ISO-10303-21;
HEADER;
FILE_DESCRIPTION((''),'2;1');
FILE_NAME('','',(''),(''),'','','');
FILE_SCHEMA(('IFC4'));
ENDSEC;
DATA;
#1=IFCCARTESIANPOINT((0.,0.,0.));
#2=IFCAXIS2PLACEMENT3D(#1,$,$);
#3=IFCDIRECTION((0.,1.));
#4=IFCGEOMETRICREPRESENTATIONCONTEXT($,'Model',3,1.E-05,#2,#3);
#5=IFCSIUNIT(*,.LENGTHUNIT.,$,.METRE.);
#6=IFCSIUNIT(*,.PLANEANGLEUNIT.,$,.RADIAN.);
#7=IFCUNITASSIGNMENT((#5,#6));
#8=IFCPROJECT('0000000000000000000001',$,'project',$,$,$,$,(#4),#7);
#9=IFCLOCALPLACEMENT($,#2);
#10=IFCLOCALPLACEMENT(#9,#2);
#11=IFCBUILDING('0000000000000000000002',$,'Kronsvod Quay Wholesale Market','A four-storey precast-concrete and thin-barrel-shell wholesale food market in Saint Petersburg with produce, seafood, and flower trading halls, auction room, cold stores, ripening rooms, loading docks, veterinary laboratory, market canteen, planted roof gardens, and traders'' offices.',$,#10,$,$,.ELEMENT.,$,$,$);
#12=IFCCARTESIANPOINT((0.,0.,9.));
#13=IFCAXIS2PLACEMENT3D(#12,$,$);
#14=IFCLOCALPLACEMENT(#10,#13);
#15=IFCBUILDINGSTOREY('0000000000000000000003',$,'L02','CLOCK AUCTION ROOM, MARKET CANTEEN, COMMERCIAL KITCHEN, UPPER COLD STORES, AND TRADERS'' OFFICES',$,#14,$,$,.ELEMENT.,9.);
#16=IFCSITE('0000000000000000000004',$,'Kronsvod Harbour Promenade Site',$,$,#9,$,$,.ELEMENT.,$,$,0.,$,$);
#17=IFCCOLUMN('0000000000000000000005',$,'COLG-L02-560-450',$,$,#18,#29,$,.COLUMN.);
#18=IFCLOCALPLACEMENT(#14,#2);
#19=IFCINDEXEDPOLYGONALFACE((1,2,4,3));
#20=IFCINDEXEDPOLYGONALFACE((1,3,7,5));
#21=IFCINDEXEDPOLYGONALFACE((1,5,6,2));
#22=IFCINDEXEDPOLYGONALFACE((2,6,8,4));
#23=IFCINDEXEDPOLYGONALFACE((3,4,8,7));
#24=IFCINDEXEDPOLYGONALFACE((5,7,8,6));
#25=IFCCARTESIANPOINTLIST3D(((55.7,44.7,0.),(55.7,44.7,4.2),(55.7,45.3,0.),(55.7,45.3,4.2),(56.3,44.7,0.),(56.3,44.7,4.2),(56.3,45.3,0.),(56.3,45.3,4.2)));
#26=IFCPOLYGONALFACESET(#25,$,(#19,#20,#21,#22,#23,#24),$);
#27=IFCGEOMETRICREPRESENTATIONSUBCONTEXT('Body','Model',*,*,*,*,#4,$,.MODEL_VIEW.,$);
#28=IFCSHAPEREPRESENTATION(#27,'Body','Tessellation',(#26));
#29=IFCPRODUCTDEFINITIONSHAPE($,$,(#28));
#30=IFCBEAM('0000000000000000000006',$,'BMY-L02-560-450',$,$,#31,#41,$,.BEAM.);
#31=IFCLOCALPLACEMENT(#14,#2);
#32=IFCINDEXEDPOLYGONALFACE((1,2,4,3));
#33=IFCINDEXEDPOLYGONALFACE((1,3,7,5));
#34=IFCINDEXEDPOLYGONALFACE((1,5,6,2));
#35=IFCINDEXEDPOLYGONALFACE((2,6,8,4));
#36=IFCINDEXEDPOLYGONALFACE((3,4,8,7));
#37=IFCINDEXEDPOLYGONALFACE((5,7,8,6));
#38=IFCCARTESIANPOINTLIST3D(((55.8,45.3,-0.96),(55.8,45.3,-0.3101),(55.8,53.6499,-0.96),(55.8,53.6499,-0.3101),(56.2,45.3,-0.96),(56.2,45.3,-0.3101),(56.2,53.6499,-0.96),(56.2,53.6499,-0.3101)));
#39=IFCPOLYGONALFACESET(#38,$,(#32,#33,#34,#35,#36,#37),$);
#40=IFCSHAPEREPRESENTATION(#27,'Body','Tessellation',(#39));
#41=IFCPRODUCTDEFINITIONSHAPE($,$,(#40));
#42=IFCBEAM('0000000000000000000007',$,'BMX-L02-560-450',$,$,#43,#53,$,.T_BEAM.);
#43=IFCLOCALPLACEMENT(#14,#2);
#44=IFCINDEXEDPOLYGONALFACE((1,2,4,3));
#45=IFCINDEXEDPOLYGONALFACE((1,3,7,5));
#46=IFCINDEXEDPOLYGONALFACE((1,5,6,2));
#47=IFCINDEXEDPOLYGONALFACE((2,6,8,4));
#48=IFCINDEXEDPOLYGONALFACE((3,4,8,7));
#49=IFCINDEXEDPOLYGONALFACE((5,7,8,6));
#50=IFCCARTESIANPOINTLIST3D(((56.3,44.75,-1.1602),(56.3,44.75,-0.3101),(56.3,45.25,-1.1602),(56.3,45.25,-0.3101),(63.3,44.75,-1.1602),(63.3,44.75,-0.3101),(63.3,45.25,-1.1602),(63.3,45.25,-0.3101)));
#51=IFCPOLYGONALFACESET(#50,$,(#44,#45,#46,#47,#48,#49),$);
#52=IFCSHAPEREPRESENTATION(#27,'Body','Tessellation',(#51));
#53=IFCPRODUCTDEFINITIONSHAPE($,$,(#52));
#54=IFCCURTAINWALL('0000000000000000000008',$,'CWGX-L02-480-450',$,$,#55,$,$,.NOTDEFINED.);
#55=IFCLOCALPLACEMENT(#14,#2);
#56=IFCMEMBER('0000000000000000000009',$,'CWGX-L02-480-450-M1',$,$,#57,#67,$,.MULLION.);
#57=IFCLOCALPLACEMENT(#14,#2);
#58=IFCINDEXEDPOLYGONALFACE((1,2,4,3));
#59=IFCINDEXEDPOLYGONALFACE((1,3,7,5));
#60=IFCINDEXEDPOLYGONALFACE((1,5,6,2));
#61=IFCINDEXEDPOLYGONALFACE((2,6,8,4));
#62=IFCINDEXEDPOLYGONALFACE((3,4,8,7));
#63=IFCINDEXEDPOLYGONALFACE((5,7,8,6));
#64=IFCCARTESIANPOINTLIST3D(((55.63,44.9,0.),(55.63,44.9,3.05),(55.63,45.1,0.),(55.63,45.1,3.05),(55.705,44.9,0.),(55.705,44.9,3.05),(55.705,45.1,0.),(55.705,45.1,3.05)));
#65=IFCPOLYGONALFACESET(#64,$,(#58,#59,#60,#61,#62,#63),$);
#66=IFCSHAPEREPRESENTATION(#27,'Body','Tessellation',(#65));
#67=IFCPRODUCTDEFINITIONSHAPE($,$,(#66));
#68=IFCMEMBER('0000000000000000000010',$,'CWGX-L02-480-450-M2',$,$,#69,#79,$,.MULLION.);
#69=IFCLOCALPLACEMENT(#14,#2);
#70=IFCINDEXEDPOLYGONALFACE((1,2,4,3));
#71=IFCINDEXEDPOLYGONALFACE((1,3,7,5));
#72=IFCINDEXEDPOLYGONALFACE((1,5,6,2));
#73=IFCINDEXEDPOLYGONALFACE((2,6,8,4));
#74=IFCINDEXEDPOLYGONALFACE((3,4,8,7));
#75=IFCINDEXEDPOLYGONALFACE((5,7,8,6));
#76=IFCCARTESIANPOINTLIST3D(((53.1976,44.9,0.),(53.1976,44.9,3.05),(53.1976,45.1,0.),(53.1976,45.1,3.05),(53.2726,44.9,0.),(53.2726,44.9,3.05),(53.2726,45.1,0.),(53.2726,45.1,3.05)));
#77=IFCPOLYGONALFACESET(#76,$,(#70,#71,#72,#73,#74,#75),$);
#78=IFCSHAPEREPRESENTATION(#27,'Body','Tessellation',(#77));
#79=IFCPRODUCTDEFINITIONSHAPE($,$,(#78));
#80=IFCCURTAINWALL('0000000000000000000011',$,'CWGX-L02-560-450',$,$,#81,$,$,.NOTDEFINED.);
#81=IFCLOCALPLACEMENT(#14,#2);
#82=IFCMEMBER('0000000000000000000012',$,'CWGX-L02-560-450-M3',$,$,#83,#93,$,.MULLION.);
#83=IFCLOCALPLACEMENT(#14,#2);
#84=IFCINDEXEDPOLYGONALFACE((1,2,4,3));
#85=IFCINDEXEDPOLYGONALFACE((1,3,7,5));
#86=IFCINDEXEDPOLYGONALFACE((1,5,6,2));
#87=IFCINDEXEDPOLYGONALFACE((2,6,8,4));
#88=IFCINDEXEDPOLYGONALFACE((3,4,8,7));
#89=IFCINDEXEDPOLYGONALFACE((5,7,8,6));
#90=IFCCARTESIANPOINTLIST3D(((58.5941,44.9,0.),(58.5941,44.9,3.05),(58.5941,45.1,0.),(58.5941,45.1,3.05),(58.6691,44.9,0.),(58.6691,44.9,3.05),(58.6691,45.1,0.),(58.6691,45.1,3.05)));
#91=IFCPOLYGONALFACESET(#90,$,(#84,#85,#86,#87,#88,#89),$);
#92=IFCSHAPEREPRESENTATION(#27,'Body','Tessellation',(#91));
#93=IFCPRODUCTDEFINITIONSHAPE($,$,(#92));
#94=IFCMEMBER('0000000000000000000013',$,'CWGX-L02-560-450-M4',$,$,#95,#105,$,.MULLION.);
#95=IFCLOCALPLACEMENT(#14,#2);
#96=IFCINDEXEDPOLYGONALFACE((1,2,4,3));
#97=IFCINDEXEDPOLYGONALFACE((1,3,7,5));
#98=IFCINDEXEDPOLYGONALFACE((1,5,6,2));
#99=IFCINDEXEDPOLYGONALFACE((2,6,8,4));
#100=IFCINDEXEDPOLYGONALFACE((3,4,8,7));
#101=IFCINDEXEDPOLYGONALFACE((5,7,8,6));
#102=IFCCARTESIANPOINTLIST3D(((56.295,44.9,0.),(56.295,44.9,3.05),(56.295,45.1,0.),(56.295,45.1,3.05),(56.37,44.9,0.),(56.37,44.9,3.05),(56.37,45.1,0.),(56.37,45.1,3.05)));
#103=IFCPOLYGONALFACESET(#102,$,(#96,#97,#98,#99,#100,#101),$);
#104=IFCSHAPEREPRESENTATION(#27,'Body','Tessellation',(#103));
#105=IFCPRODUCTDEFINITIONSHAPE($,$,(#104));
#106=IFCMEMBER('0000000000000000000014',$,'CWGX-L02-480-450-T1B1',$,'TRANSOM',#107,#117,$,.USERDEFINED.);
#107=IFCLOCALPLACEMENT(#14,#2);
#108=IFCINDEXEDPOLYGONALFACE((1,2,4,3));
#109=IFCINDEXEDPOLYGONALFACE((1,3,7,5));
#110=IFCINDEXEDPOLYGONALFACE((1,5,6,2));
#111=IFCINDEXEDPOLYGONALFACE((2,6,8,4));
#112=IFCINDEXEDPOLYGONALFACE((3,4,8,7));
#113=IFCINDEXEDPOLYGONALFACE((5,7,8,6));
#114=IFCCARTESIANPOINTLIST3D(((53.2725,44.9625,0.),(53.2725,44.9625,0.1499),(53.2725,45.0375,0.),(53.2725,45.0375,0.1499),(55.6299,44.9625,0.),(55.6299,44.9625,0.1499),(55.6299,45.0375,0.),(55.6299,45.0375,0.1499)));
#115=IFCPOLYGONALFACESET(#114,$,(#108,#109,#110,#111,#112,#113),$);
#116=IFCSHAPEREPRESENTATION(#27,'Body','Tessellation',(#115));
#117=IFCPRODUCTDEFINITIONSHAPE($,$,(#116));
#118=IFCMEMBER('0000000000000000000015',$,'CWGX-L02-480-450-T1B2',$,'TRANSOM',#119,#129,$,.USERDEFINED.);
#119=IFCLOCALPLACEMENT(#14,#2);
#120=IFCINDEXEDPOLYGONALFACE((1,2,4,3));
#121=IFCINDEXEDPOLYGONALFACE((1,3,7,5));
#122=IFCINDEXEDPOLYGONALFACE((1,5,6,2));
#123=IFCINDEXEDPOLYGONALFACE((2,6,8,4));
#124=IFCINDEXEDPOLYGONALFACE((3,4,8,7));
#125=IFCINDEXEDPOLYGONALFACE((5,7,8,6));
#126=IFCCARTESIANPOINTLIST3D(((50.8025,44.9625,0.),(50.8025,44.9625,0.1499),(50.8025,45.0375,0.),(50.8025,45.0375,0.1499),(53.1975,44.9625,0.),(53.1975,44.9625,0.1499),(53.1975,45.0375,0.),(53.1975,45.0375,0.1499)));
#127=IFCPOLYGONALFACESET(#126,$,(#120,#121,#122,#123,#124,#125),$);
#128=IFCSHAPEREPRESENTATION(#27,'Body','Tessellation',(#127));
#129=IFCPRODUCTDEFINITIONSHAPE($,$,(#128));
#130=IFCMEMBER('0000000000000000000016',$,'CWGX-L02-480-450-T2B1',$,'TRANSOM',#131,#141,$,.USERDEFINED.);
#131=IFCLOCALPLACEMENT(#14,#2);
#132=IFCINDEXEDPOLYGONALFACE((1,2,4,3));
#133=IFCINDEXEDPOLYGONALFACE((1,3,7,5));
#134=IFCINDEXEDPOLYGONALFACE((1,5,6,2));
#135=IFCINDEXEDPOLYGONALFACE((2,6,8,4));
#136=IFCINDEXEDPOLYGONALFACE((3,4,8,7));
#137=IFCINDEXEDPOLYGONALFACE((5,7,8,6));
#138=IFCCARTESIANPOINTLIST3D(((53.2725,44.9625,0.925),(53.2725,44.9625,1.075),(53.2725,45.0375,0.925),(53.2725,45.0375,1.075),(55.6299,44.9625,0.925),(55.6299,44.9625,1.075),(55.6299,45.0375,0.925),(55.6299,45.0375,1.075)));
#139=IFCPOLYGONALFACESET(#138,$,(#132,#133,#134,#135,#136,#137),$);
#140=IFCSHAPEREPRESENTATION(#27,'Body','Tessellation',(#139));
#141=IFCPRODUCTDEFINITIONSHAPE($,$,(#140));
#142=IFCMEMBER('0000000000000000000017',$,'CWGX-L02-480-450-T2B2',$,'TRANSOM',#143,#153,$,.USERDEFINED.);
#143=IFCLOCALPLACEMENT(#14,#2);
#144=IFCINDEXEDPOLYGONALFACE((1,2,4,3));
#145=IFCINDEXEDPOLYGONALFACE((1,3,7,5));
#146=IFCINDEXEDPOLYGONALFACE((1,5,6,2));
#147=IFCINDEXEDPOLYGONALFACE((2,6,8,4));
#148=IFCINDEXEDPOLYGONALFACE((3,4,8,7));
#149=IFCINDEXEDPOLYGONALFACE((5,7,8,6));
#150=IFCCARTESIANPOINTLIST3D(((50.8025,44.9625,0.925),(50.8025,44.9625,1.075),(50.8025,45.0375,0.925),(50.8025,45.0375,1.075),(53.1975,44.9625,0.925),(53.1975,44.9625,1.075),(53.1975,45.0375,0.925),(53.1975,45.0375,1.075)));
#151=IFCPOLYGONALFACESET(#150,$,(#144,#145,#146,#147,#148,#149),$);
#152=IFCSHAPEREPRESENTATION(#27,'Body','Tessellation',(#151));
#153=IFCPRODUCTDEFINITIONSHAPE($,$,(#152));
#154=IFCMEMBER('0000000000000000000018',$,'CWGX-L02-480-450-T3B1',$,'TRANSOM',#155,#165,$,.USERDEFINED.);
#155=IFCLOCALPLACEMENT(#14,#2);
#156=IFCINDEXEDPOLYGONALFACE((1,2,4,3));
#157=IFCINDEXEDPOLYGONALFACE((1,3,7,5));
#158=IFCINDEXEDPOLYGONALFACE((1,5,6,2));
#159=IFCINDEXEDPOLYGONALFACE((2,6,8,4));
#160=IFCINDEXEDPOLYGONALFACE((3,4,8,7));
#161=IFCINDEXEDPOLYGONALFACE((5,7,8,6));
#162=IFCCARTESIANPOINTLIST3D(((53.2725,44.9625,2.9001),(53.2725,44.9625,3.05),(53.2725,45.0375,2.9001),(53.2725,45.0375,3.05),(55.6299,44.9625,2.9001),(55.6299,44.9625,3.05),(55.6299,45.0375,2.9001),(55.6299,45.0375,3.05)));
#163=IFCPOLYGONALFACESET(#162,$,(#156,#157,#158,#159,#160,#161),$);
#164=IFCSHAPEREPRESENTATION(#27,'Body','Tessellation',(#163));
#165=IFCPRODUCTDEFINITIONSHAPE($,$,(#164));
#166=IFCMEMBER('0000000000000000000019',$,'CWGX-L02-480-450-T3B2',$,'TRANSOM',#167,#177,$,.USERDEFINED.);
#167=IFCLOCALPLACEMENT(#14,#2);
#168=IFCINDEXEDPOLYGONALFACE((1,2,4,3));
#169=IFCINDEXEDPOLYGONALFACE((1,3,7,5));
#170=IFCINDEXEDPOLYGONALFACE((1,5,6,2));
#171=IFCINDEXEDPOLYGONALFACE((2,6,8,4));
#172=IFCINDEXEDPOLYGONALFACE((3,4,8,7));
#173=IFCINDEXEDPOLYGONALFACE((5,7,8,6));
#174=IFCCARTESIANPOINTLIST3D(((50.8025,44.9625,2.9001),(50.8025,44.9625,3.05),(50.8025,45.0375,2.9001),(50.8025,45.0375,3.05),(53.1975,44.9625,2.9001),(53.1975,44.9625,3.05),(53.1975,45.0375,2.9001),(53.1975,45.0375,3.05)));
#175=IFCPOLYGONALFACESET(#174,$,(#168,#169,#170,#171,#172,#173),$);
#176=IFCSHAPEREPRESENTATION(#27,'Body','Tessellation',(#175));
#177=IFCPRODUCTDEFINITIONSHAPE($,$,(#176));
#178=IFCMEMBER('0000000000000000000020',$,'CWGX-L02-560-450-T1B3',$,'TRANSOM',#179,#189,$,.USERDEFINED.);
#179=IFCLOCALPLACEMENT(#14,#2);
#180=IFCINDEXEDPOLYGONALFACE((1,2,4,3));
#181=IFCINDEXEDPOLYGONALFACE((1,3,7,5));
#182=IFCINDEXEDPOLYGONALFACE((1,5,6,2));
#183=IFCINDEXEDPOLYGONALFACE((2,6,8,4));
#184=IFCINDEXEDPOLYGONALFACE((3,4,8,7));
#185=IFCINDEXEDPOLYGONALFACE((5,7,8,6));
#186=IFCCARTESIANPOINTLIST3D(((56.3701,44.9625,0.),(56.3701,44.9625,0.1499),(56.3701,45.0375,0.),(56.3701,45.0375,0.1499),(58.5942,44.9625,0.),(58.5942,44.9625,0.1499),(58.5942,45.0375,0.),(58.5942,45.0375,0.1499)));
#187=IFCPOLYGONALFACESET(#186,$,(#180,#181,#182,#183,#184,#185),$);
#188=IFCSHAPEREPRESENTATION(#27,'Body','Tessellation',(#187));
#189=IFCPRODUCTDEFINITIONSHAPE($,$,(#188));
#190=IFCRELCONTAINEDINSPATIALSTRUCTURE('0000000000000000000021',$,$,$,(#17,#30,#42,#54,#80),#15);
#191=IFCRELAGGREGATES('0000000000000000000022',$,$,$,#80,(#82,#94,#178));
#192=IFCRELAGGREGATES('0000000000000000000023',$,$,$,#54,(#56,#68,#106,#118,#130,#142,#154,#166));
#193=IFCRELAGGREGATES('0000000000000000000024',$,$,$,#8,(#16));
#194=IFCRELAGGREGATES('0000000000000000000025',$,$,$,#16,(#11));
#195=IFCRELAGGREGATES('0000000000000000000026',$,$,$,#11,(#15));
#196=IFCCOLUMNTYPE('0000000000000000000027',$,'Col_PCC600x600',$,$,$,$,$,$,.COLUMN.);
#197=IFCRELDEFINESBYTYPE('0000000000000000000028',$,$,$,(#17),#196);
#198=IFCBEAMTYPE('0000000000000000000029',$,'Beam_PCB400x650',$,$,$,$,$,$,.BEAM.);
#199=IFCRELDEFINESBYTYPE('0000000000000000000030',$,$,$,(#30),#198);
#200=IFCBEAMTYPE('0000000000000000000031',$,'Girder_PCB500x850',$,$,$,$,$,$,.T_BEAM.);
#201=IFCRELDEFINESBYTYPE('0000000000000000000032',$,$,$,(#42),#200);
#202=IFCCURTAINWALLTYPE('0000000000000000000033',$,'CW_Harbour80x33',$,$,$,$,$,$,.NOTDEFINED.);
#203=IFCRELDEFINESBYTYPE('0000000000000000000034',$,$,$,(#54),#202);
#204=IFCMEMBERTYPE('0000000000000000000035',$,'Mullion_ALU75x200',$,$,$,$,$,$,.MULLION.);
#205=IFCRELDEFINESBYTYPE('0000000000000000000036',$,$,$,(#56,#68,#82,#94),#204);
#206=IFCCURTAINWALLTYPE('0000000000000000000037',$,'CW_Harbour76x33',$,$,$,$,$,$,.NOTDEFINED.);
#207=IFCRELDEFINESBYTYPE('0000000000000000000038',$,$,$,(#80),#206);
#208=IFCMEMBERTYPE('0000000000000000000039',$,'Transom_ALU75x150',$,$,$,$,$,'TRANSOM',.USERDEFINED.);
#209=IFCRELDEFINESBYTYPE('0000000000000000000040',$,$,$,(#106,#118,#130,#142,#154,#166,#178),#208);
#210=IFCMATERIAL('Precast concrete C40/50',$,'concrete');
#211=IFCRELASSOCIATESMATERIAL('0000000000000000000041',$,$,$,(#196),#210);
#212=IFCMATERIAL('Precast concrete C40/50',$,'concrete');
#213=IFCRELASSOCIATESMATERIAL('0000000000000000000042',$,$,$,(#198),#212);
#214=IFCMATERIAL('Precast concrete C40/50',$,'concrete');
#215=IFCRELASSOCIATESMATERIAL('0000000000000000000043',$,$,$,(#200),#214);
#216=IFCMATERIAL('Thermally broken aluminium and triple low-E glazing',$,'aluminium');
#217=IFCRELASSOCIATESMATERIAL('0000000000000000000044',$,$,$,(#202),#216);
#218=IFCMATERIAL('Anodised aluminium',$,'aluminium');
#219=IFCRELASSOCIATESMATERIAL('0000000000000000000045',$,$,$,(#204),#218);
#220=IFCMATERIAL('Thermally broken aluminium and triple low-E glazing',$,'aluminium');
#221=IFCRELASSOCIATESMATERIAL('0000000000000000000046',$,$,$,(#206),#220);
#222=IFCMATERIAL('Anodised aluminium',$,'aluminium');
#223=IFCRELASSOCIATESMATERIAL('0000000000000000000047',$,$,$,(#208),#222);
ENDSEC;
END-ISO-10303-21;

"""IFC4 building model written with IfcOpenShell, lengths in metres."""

from ifc_helpers import new_model, si_unit, direction, frame, origin, origin_2d, place, context, subcontext, project, spatial, rectangle, extrude, material, material_profile, profile_set, type_object, element, aggregate, save


model = new_model("IFC4")

# Units and contexts
model_context = context("Model", 3, precision=1e-05, world=origin(), true_north=direction((0.0, 1.0)))
body_context = subcontext(model_context, "Body", "Model", "MODEL_VIEW")
ifc_project = project(units=[si_unit("LENGTHUNIT", "METRE"), si_unit("PLANEANGLEUNIT", "RADIAN")], contexts=[model_context])

# Site, building, storey
site_placement = place(None, origin())
site = spatial("IfcSite", under=ifc_project, at=site_placement, Name="Kronsvod Harbour Promenade Site", CompositionType="ELEMENT", RefElevation=0.0)
building_placement = place(site_placement, origin())
building = spatial("IfcBuilding", under=site, at=building_placement, Name="Kronsvod Quay Wholesale Market", Description="A four-storey precast-concrete and thin-barrel-shell wholesale food market in Saint Petersburg with produce, seafood, and flower trading halls, auction room, cold stores, ripening rooms, loading docks, veterinary laboratory, market canteen, planted roof gardens, and traders' offices.", CompositionType="ELEMENT")
storey_placement = place(building_placement, frame((0.0, 0.0, 9.0)))
storey = spatial("IfcBuildingStorey", under=building, at=storey_placement, Name="L02", Description="CLOCK AUCTION ROOM, MARKET CANTEEN, COMMERCIAL KITCHEN, UPPER COLD STORES, AND TRADERS' OFFICES", CompositionType="ELEMENT", Elevation=9.0)

# Column
ifc_material_1 = material(Name="Precast concrete C40/50", Category="concrete")
ifc_material_profile_1 = material_profile(ifc_material_1, rectangle(XDim=0.6001, YDim=0.6001, at=origin_2d()), Name="PCC600x600")
ifc_profile_set_1 = profile_set([ifc_material_profile_1], Name="Precast concrete C40/50")
column_type = type_object("IfcColumnType", Name="Col_PCC600x600", PredefinedType="COLUMN", material=ifc_profile_set_1)
column_placement = place(storey_placement, frame((56.0, 45.0, 0.0), z_axis=(0.0, 0.0, 1.0), x_axis=(1.0, 0.0, 0.0)))
element("IfcColumn", 1, at=column_placement, inside=storey, type_object=column_type, Name="COLG-L02-560-450", PredefinedType="COLUMN", context=body_context, shape_type="SweptSolid", body=[
    extrude(rectangle(XDim=0.6001, YDim=0.6001, at=origin_2d()), origin(), (0.0, 0.0, 1.0), 4.2),
])

# Beams
ifc_material_2 = material(Name="Precast concrete C40/50", Category="concrete")
ifc_material_profile_2 = material_profile(ifc_material_2, rectangle(XDim=0.3999, YDim=0.6499, at=origin_2d()), Name="PCB400x650")
ifc_profile_set_2 = profile_set([ifc_material_profile_2], Name="Precast concrete C40/50")
beam_type_1 = type_object("IfcBeamType", Name="Beam_PCB400x650", PredefinedType="BEAM", material=ifc_profile_set_2)
beam_1_placement = place(storey_placement, frame((56.0, 45.3, -0.635), z_axis=(0.0, 1.0, 0.0), x_axis=(-1.0, 0.0, 0.0)))
element("IfcBeam", 2, at=beam_1_placement, inside=storey, type_object=beam_type_1, Name="BMY-L02-560-450", PredefinedType="BEAM", context=body_context, shape_type="SweptSolid", body=[
    extrude(rectangle(XDim=0.3999, YDim=0.6499, at=origin_2d()), origin(), (0.0, 0.0, 1.0), 8.3499),
])
ifc_material_3 = material(Name="Precast concrete C40/50", Category="concrete")
ifc_material_profile_3 = material_profile(ifc_material_3, rectangle(XDim=0.5, YDim=0.8501, at=origin_2d()), Name="PCB500x850")
ifc_profile_set_3 = profile_set([ifc_material_profile_3], Name="Precast concrete C40/50")
beam_type_2 = type_object("IfcBeamType", Name="Girder_PCB500x850", PredefinedType="T_BEAM", material=ifc_profile_set_3)
beam_2_placement = place(storey_placement, frame((56.3, 45.0, -0.7351), z_axis=(1.0, 0.0, 0.0), x_axis=(0.0, 1.0, 0.0)))
element("IfcBeam", 3, at=beam_2_placement, inside=storey, type_object=beam_type_2, Name="BMX-L02-560-450", PredefinedType="T_BEAM", context=body_context, shape_type="SweptSolid", body=[
    extrude(rectangle(XDim=0.5, YDim=0.8501, at=origin_2d()), origin(), (0.0, 0.0, 1.0), 7.0),
])

# Curtain walls, members
ifc_material_4 = material(Name="Thermally broken aluminium and triple low-E glazing", Category="aluminium")
curtain_wall_type_1 = type_object("IfcCurtainWallType", Name="CW_Harbour80x33", PredefinedType="NOTDEFINED", material=ifc_material_4)
curtain_wall_1_placement = place(storey_placement, origin())
curtain_wall_1 = element("IfcCurtainWall", 4, at=curtain_wall_1_placement, inside=storey, type_object=curtain_wall_type_1, Name="CWGX-L02-480-450", PredefinedType="NOTDEFINED")
ifc_material_5 = material(Name="Anodised aluminium", Category="aluminium")
ifc_material_profile_4 = material_profile(ifc_material_5, rectangle(XDim=0.075, YDim=0.2, at=origin_2d()), Name="ALUM75x200")
ifc_profile_set_4 = profile_set([ifc_material_profile_4], Name="Anodised aluminium")
member_type_1 = type_object("IfcMemberType", Name="Mullion_ALU75x200", PredefinedType="MULLION", material=ifc_profile_set_4)
member_1_placement = place(storey_placement, frame((55.6675, 45.0, 0.0), z_axis=(0.0, 0.0, 1.0), x_axis=(1.0, 0.0, 0.0)))
member_1 = element("IfcMember", 5, at=member_1_placement, type_object=member_type_1, Name="CWGX-L02-480-450-M1", PredefinedType="MULLION", context=body_context, shape_type="SweptSolid", body=[
    extrude(rectangle(XDim=0.075, YDim=0.2, at=origin_2d()), origin(), (0.0, 0.0, 1.0), 3.05),
])
member_2_placement = place(storey_placement, frame((53.2351, 45.0, 0.0), z_axis=(0.0, 0.0, 1.0), x_axis=(1.0, 0.0, 0.0)))
member_2 = element("IfcMember", 6, at=member_2_placement, type_object=member_type_1, Name="CWGX-L02-480-450-M2", PredefinedType="MULLION", context=body_context, shape_type="SweptSolid", body=[
    extrude(rectangle(XDim=0.075, YDim=0.2, at=origin_2d()), origin(), (0.0, 0.0, 1.0), 3.05),
])
ifc_material_6 = material(Name="Thermally broken aluminium and triple low-E glazing", Category="aluminium")
curtain_wall_type_2 = type_object("IfcCurtainWallType", Name="CW_Harbour76x33", PredefinedType="NOTDEFINED", material=ifc_material_6)
curtain_wall_2_placement = place(storey_placement, origin())
curtain_wall_2 = element("IfcCurtainWall", 7, at=curtain_wall_2_placement, inside=storey, type_object=curtain_wall_type_2, Name="CWGX-L02-560-450", PredefinedType="NOTDEFINED")
member_3_placement = place(storey_placement, frame((58.6316, 45.0, 0.0), z_axis=(0.0, 0.0, 1.0), x_axis=(1.0, 0.0, 0.0)))
member_3 = element("IfcMember", 8, at=member_3_placement, type_object=member_type_1, Name="CWGX-L02-560-450-M3", PredefinedType="MULLION", context=body_context, shape_type="SweptSolid", body=[
    extrude(rectangle(XDim=0.075, YDim=0.2, at=origin_2d()), origin(), (0.0, 0.0, 1.0), 3.05),
])
member_4_placement = place(storey_placement, frame((56.3325, 45.0, 0.0), z_axis=(0.0, 0.0, 1.0), x_axis=(1.0, 0.0, 0.0)))
member_4 = element("IfcMember", 9, at=member_4_placement, type_object=member_type_1, Name="CWGX-L02-560-450-M4", PredefinedType="MULLION", context=body_context, shape_type="SweptSolid", body=[
    extrude(rectangle(XDim=0.075, YDim=0.2, at=origin_2d()), origin(), (0.0, 0.0, 1.0), 3.05),
])

# Members
ifc_material_7 = material(Name="Anodised aluminium", Category="aluminium")
ifc_material_profile_5 = material_profile(ifc_material_7, rectangle(XDim=0.075, YDim=0.1499, at=origin_2d()), Name="ALUT75x150")
ifc_profile_set_5 = profile_set([ifc_material_profile_5], Name="Anodised aluminium")
member_type_2 = type_object("IfcMemberType", Name="Transom_ALU75x150", ElementType="TRANSOM", PredefinedType="USERDEFINED", material=ifc_profile_set_5)
member_5_placement = place(storey_placement, frame((55.6299, 45.0, 0.075), z_axis=(-1.0, 0.0, 0.0), x_axis=(0.0, -1.0, 0.0)))
member_5 = element("IfcMember", 10, at=member_5_placement, type_object=member_type_2, Name="CWGX-L02-480-450-T1B1", ObjectType="TRANSOM", PredefinedType="USERDEFINED", context=body_context, shape_type="SweptSolid", body=[
    extrude(rectangle(XDim=0.075, YDim=0.1499, at=origin_2d()), origin(), (0.0, 0.0, 1.0), 2.3574),
])
member_6_placement = place(storey_placement, frame((53.1975, 45.0, 0.075), z_axis=(-1.0, 0.0, 0.0), x_axis=(0.0, -1.0, 0.0)))
member_6 = element("IfcMember", 11, at=member_6_placement, type_object=member_type_2, Name="CWGX-L02-480-450-T1B2", ObjectType="TRANSOM", PredefinedType="USERDEFINED", context=body_context, shape_type="SweptSolid", body=[
    extrude(rectangle(XDim=0.075, YDim=0.1499, at=origin_2d()), origin(), (0.0, 0.0, 1.0), 2.395),
])
member_7_placement = place(storey_placement, frame((55.6299, 45.0, 1.0), z_axis=(-1.0, 0.0, 0.0), x_axis=(0.0, -1.0, 0.0)))
member_7 = element("IfcMember", 12, at=member_7_placement, type_object=member_type_2, Name="CWGX-L02-480-450-T2B1", ObjectType="TRANSOM", PredefinedType="USERDEFINED", context=body_context, shape_type="SweptSolid", body=[
    extrude(rectangle(XDim=0.075, YDim=0.1499, at=origin_2d()), origin(), (0.0, 0.0, 1.0), 2.3574),
])
member_8_placement = place(storey_placement, frame((53.1975, 45.0, 1.0), z_axis=(-1.0, 0.0, 0.0), x_axis=(0.0, -1.0, 0.0)))
member_8 = element("IfcMember", 13, at=member_8_placement, type_object=member_type_2, Name="CWGX-L02-480-450-T2B2", ObjectType="TRANSOM", PredefinedType="USERDEFINED", context=body_context, shape_type="SweptSolid", body=[
    extrude(rectangle(XDim=0.075, YDim=0.1499, at=origin_2d()), origin(), (0.0, 0.0, 1.0), 2.395),
])
member_9_placement = place(storey_placement, frame((55.6299, 45.0, 2.9751), z_axis=(-1.0, 0.0, 0.0), x_axis=(0.0, -1.0, 0.0)))
member_9 = element("IfcMember", 14, at=member_9_placement, type_object=member_type_2, Name="CWGX-L02-480-450-T3B1", ObjectType="TRANSOM", PredefinedType="USERDEFINED", context=body_context, shape_type="SweptSolid", body=[
    extrude(rectangle(XDim=0.075, YDim=0.1499, at=origin_2d()), origin(), (0.0, 0.0, 1.0), 2.3574),
])
member_10_placement = place(storey_placement, frame((53.1975, 45.0, 2.9751), z_axis=(-1.0, 0.0, 0.0), x_axis=(0.0, -1.0, 0.0)))
member_10 = element("IfcMember", 15, at=member_10_placement, type_object=member_type_2, Name="CWGX-L02-480-450-T3B2", ObjectType="TRANSOM", PredefinedType="USERDEFINED", context=body_context, shape_type="SweptSolid", body=[
    extrude(rectangle(XDim=0.075, YDim=0.1499, at=origin_2d()), origin(), (0.0, 0.0, 1.0), 2.395),
])
member_11_placement = place(storey_placement, frame((58.5942, 45.0, 0.075), z_axis=(-1.0, 0.0, 0.0), x_axis=(0.0, -1.0, 0.0)))
member_11 = element("IfcMember", 16, at=member_11_placement, type_object=member_type_2, Name="CWGX-L02-560-450-T1B3", ObjectType="TRANSOM", PredefinedType="USERDEFINED", context=body_context, shape_type="SweptSolid", body=[
    extrude(rectangle(XDim=0.075, YDim=0.1499, at=origin_2d()), origin(), (0.0, 0.0, 1.0), 2.2241),
])

aggregate(curtain_wall_2, [member_3, member_4, member_11])
aggregate(curtain_wall_1, [member_1, member_2, member_5, member_6, member_7, member_8, member_9, member_10])

save(model, "model.ifc")
